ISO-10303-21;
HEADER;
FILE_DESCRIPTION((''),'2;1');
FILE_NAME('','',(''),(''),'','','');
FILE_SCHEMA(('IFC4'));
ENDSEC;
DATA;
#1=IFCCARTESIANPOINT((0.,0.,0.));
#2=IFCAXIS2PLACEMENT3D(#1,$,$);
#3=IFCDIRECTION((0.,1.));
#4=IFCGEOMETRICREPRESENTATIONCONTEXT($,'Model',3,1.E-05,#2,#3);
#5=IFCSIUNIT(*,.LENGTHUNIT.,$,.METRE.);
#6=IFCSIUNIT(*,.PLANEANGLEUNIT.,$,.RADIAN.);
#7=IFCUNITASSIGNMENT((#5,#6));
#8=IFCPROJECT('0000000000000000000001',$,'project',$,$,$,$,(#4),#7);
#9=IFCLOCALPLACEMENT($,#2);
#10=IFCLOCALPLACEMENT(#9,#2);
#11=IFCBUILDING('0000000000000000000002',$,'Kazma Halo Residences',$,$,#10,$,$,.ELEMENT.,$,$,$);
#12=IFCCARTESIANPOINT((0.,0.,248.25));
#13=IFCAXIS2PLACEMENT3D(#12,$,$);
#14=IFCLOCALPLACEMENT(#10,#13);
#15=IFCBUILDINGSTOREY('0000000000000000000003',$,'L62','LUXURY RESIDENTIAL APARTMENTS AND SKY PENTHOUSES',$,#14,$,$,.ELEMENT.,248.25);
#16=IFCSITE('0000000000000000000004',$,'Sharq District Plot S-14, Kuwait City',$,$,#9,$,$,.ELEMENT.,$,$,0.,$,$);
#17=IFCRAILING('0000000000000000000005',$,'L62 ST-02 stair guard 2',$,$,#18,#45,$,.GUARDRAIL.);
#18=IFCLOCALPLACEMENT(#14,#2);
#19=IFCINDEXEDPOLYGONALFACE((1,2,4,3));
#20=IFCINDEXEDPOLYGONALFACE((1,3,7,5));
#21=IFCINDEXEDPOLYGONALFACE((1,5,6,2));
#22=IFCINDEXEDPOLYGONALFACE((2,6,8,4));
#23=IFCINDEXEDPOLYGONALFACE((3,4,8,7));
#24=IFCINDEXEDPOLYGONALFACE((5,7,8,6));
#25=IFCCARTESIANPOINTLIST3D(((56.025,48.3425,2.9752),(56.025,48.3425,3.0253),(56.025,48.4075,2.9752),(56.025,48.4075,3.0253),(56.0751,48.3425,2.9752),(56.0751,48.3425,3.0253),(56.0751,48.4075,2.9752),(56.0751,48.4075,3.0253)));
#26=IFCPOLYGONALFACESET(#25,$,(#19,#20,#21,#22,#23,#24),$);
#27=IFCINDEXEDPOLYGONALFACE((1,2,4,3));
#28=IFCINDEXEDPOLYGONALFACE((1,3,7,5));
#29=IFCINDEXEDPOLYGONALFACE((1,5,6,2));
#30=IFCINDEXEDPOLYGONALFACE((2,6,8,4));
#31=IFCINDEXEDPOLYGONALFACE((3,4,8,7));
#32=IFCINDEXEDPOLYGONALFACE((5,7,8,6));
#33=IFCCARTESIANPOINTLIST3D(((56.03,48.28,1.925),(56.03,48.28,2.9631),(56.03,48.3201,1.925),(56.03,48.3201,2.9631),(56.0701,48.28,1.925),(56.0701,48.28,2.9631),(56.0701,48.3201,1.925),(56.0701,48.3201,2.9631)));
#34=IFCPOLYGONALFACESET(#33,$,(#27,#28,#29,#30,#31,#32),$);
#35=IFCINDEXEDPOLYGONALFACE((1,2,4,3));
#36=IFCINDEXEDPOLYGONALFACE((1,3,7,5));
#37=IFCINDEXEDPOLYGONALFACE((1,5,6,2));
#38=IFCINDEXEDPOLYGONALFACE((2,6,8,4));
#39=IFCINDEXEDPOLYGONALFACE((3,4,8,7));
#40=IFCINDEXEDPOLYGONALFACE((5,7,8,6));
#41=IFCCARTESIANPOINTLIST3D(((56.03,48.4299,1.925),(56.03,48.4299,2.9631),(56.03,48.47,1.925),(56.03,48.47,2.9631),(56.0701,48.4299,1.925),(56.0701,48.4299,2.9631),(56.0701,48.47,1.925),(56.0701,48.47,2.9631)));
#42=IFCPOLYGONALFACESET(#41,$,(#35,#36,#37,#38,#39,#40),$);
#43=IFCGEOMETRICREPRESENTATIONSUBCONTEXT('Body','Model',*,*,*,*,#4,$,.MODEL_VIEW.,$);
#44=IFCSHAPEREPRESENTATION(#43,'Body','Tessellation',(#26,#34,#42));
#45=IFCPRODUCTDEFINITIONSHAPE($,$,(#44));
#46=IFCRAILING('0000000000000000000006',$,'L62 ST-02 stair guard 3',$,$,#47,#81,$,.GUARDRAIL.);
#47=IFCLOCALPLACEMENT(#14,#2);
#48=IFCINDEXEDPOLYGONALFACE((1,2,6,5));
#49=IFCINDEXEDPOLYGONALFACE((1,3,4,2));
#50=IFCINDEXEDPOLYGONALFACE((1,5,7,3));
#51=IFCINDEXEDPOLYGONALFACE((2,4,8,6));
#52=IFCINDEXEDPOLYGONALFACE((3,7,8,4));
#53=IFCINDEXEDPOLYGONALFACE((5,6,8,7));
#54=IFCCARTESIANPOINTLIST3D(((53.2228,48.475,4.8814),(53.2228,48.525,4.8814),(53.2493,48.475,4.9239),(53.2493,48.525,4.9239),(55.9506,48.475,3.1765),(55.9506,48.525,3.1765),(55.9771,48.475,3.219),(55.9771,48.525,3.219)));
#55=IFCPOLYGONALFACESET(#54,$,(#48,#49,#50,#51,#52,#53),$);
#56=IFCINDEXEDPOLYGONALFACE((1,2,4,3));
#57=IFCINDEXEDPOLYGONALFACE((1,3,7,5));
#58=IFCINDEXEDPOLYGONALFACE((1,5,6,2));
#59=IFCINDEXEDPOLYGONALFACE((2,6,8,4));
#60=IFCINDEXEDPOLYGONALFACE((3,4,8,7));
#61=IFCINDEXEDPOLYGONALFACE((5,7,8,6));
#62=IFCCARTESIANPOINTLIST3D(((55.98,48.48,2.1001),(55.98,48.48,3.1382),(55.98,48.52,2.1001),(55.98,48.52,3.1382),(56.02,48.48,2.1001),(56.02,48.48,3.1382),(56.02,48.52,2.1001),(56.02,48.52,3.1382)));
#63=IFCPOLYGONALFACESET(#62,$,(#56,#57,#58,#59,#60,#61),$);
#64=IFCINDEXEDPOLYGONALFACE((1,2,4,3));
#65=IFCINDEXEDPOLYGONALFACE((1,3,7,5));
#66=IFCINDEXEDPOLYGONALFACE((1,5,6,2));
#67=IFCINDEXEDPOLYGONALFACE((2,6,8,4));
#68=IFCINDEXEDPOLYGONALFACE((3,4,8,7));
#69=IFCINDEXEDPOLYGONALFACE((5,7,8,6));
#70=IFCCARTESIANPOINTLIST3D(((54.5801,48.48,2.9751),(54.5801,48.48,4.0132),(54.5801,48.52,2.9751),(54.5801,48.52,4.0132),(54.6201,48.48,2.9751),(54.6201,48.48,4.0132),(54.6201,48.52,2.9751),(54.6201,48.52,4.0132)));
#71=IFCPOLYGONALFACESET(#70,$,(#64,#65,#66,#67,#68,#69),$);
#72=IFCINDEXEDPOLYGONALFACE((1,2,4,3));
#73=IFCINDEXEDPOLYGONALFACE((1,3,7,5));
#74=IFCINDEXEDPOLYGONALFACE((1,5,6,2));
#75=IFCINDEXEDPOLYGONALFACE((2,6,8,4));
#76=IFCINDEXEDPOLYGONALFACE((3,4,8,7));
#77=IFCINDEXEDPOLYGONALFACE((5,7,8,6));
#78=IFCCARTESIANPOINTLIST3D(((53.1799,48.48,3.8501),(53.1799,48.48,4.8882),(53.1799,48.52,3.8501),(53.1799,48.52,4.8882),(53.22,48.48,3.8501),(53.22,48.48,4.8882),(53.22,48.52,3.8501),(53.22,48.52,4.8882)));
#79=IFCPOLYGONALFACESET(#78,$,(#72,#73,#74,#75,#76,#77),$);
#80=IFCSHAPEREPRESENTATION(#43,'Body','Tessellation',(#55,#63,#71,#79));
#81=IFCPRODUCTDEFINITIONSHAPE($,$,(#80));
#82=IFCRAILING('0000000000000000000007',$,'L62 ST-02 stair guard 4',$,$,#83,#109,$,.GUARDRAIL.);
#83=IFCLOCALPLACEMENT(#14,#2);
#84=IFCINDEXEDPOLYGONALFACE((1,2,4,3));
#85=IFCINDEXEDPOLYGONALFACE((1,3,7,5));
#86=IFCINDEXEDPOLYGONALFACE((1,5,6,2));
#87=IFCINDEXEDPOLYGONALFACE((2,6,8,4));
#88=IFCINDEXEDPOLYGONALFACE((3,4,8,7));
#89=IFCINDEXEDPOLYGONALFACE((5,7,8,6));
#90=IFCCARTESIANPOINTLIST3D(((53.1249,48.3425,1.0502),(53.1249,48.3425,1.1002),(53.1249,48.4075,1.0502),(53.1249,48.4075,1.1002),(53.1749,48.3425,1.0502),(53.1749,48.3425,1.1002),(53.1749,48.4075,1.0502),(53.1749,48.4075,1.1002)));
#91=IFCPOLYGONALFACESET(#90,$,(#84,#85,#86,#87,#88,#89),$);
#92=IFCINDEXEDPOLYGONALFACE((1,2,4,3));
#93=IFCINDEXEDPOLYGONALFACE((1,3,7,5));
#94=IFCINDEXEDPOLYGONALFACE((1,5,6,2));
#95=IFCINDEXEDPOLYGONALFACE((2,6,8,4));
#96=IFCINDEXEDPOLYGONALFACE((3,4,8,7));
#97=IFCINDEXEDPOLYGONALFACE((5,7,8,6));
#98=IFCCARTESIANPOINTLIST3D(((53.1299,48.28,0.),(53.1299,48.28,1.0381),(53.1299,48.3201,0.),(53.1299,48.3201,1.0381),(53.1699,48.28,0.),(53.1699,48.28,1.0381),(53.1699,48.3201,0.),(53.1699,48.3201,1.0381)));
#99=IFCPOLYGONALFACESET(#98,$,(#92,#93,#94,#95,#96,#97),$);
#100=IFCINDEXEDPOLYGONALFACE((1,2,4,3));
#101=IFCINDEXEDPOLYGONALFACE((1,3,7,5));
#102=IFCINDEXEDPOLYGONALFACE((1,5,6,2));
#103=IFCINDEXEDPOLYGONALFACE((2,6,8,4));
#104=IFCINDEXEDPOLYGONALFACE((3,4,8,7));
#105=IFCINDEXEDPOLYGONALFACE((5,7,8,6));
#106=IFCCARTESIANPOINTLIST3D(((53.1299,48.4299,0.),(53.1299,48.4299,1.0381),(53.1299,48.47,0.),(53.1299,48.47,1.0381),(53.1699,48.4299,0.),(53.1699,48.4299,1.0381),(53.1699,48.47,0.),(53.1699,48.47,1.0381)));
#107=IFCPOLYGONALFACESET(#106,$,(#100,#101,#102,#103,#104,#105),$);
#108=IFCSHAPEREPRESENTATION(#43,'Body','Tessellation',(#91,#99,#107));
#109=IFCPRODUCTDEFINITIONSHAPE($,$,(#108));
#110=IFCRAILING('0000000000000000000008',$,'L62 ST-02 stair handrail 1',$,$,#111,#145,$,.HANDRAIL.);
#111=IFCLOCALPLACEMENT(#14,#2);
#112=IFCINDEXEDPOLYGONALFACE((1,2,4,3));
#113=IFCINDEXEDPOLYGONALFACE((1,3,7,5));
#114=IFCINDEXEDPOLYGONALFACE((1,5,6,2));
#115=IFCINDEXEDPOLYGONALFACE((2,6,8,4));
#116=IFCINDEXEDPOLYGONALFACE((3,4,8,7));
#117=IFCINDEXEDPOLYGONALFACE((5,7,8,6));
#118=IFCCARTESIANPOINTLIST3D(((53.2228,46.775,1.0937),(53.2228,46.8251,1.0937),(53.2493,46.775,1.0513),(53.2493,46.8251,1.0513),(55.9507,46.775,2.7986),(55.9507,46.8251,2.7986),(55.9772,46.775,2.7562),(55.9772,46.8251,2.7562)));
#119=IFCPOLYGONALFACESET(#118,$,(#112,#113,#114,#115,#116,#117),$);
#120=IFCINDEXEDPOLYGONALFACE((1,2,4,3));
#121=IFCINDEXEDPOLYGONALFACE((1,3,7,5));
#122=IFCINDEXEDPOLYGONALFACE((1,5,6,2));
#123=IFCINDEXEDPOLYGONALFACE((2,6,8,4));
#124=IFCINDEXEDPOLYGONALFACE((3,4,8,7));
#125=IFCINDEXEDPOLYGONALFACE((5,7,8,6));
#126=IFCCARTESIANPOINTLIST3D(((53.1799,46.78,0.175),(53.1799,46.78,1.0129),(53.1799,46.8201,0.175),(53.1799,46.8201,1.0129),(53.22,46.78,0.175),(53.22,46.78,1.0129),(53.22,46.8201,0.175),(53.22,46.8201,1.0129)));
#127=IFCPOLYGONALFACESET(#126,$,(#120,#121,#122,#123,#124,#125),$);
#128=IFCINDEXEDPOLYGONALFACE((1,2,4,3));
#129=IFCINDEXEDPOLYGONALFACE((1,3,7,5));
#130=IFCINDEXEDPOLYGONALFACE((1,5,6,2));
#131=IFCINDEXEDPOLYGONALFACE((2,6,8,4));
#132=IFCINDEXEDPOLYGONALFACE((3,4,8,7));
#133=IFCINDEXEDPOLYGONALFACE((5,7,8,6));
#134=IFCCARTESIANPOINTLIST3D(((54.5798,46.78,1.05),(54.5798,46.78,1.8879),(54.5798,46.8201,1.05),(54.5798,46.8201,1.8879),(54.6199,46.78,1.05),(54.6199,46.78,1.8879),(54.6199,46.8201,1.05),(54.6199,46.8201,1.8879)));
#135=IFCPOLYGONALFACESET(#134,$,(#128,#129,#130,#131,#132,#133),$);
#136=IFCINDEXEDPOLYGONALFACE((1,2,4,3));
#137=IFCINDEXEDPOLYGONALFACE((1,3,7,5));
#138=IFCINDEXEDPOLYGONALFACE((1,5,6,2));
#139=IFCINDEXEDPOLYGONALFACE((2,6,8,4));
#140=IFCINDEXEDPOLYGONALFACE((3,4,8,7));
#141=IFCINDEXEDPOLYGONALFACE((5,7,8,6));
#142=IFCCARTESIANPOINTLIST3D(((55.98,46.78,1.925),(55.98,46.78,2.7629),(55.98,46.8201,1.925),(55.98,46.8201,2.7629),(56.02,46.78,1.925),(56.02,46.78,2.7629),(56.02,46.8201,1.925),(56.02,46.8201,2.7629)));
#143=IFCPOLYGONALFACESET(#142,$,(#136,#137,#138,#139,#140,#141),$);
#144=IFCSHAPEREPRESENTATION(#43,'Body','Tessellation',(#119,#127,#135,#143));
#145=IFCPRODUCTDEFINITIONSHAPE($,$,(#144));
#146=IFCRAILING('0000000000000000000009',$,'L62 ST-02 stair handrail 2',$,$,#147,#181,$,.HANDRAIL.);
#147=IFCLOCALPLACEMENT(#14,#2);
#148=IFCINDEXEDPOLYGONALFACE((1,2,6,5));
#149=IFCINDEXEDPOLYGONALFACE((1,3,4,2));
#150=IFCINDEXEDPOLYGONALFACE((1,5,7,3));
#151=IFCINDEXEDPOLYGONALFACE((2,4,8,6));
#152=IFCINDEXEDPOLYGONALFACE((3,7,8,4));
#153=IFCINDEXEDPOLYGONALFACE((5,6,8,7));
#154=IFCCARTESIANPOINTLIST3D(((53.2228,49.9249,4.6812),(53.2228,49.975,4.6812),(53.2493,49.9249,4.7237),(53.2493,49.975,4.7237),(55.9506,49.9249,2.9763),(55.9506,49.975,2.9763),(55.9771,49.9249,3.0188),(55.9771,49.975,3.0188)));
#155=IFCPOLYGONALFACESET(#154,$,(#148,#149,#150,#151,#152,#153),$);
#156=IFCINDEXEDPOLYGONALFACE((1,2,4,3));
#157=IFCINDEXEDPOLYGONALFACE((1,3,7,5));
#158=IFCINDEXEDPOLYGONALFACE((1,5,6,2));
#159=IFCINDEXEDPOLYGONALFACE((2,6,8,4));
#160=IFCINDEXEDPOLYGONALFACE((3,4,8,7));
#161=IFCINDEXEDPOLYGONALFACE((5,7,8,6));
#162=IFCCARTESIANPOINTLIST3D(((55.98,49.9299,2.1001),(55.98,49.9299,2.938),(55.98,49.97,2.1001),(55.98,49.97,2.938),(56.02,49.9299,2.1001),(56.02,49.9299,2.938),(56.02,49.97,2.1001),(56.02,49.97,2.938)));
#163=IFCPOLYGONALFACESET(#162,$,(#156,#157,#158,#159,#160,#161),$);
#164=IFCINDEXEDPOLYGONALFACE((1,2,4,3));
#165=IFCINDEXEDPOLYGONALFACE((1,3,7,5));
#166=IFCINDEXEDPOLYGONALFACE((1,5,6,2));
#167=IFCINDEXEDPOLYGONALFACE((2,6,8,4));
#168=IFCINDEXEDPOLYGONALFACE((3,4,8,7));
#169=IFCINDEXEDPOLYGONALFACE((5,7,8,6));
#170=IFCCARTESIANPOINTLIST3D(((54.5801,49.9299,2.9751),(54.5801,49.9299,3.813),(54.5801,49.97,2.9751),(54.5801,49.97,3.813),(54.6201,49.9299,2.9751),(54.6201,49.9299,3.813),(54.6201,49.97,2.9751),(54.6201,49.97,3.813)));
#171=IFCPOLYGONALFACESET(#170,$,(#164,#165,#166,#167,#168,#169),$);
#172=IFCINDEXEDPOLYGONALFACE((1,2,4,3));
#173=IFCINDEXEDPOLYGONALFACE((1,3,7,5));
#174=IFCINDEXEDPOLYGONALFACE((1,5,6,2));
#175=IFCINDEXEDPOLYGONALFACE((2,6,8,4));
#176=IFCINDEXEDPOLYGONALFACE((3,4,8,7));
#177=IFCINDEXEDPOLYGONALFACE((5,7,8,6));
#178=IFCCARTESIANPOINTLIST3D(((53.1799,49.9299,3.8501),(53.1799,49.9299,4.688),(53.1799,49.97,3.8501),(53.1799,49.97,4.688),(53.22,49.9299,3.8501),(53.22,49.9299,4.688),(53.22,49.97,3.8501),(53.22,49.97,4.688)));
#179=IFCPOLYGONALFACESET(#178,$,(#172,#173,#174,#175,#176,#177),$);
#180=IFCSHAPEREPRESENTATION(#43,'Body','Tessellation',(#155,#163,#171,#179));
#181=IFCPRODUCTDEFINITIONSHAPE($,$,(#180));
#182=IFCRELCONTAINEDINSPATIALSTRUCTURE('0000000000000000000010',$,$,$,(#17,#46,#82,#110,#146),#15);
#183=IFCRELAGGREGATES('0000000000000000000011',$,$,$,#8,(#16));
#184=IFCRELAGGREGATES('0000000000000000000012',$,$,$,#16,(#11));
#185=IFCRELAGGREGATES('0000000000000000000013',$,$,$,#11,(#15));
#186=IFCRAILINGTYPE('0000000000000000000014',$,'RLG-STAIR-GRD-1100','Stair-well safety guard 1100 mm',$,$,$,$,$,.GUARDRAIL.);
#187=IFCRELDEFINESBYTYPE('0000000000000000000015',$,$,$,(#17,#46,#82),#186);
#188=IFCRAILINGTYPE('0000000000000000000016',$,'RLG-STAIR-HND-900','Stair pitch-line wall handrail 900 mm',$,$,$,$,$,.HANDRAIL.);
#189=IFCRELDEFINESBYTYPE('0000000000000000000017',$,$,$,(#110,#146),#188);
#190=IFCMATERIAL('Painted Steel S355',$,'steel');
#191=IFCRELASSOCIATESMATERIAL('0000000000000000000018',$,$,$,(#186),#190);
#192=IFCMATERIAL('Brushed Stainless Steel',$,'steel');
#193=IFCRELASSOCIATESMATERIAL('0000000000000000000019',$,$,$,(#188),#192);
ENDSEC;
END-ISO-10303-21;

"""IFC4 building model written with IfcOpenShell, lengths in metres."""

from ifc_helpers import new_model, si_unit, direction, frame, origin, origin_2d, place, context, subcontext, project, spatial, rectangle, extrude, material, type_object, element, save


model = new_model("IFC4")

# Units and contexts
model_context = context("Model", 3, precision=1e-05, world=origin(), true_north=direction((0.0, 1.0)))
body_context = subcontext(model_context, "Body", "Model", "MODEL_VIEW")
ifc_project = project(units=[si_unit("LENGTHUNIT", "METRE"), si_unit("PLANEANGLEUNIT", "RADIAN")], contexts=[model_context])

# Site, building, storey
site_placement = place(None, origin())
site = spatial("IfcSite", under=ifc_project, at=site_placement, Name="Sharq District Plot S-14, Kuwait City", CompositionType="ELEMENT", RefElevation=0.0)
building_placement = place(site_placement, origin())
building = spatial("IfcBuilding", under=site, at=building_placement, Name="Kazma Halo Residences", CompositionType="ELEMENT")
storey_placement = place(building_placement, frame((0.0, 0.0, 248.25)))
storey = spatial("IfcBuildingStorey", under=building, at=storey_placement, Name="L62", Description="LUXURY RESIDENTIAL APARTMENTS AND SKY PENTHOUSES", CompositionType="ELEMENT", Elevation=248.25)

# Railings
ifc_material_1 = material(Name="Painted Steel S355", Category="steel")
railing_type_1 = type_object("IfcRailingType", Name="RLG-STAIR-GRD-1100", Description="Stair-well safety guard 1100 mm", PredefinedType="GUARDRAIL", material=ifc_material_1)
railing_1_placement = place(storey_placement, frame((56.05, 48.3, 1.925)))
element("IfcRailing", 1, at=railing_1_placement, inside=storey, type_object=railing_type_1, Name="L62 ST-02 stair guard 2", PredefinedType="GUARDRAIL", context=body_context, shape_type="SweptSolid", body=[
    extrude(rectangle(XDim=0.05, YDim=0.05, at=origin_2d()), frame((0.0, 0.0425, 1.0752), z_axis=(0.0, 1.0, 0.0), x_axis=(-1.0, 0.0, 0.0)), (0.0, 0.0, 1.0), 0.0649),
    extrude(rectangle(XDim=0.04, YDim=0.04, at=origin_2d()), origin(), (0.0, 0.0, 1.0), 1.0381),
    extrude(rectangle(XDim=0.04, YDim=0.04, at=origin_2d()), frame((0.0, 0.1499, 0.0)), (0.0, 0.0, 1.0), 1.0381),
])
railing_2_placement = place(storey_placement, frame((56.0, 48.5, 2.1001)))
element("IfcRailing", 2, at=railing_2_placement, inside=storey, type_object=railing_type_1, Name="L62 ST-02 stair guard 3", PredefinedType="GUARDRAIL", context=body_context, shape_type="SweptSolid", body=[
    extrude(rectangle(XDim=0.05, YDim=0.05, at=origin_2d()), frame((-0.0361, 0.0, 1.0977), z_axis=(-0.848002, 0.0, 0.529992), x_axis=(0.0, -1.0, 0.0)), (0.0, 0.0, 1.0), 3.2168),
    extrude(rectangle(XDim=0.04, YDim=0.04, at=origin_2d()), origin(), (0.0, 0.0, 1.0), 1.0381),
    extrude(rectangle(XDim=0.04, YDim=0.04, at=origin_2d()), frame((-1.3999, 0.0, 0.875)), (0.0, 0.0, 1.0), 1.0381),
    extrude(rectangle(XDim=0.04, YDim=0.04, at=origin_2d()), frame((-2.8, 0.0, 1.75)), (0.0, 0.0, 1.0), 1.0381),
])
railing_3_placement = place(storey_placement, frame((53.1499, 48.3, 0.0)))
element("IfcRailing", 3, at=railing_3_placement, inside=storey, type_object=railing_type_1, Name="L62 ST-02 stair guard 4", PredefinedType="GUARDRAIL", context=body_context, shape_type="SweptSolid", body=[
    extrude(rectangle(XDim=0.05, YDim=0.05, at=origin_2d()), frame((0.0, 0.0425, 1.0752), z_axis=(0.0, 1.0, 0.0), x_axis=(-1.0, 0.0, 0.0)), (0.0, 0.0, 1.0), 0.0649),
    extrude(rectangle(XDim=0.04, YDim=0.04, at=origin_2d()), origin(), (0.0, 0.0, 1.0), 1.0381),
    extrude(rectangle(XDim=0.04, YDim=0.04, at=origin_2d()), frame((0.0, 0.1499, 0.0)), (0.0, 0.0, 1.0), 1.0381),
])
ifc_material_2 = material(Name="Brushed Stainless Steel", Category="steel")
railing_type_2 = type_object("IfcRailingType", Name="RLG-STAIR-HND-900", Description="Stair pitch-line wall handrail 900 mm", PredefinedType="HANDRAIL", material=ifc_material_2)
railing_4_placement = place(storey_placement, frame((53.2, 46.8, 0.175)))
element("IfcRailing", 4, at=railing_4_placement, inside=storey, type_object=railing_type_2, Name="L62 ST-02 stair handrail 1", PredefinedType="HANDRAIL", context=body_context, shape_type="SweptSolid", body=[
    extrude(rectangle(XDim=0.05, YDim=0.05, at=origin_2d()), frame((0.0361, 0.0, 0.8975), z_axis=(0.848002, 0.0, 0.529992), x_axis=(0.0, 1.0, 0.0)), (0.0, 0.0, 1.0), 3.2168),
    extrude(rectangle(XDim=0.04, YDim=0.04, at=origin_2d()), origin(), (0.0, 0.0, 1.0), 0.8379),
    extrude(rectangle(XDim=0.04, YDim=0.04, at=origin_2d()), frame((1.3999, 0.0, 0.875)), (0.0, 0.0, 1.0), 0.8379),
    extrude(rectangle(XDim=0.04, YDim=0.04, at=origin_2d()), frame((2.8, 0.0, 1.75)), (0.0, 0.0, 1.0), 0.8379),
])
railing_5_placement = place(storey_placement, frame((56.0, 49.95, 2.1001)))
element("IfcRailing", 5, at=railing_5_placement, inside=storey, type_object=railing_type_2, Name="L62 ST-02 stair handrail 2", PredefinedType="HANDRAIL", context=body_context, shape_type="SweptSolid", body=[
    extrude(rectangle(XDim=0.05, YDim=0.05, at=origin_2d()), frame((-0.0361, 0.0, 0.8975), z_axis=(-0.848002, 0.0, 0.529992), x_axis=(0.0, -1.0, 0.0)), (0.0, 0.0, 1.0), 3.2168),
    extrude(rectangle(XDim=0.04, YDim=0.04, at=origin_2d()), origin(), (0.0, 0.0, 1.0), 0.8379),
    extrude(rectangle(XDim=0.04, YDim=0.04, at=origin_2d()), frame((-1.3999, 0.0, 0.875)), (0.0, 0.0, 1.0), 0.8379),
    extrude(rectangle(XDim=0.04, YDim=0.04, at=origin_2d()), frame((-2.8, 0.0, 1.75)), (0.0, 0.0, 1.0), 0.8379),
])

save(model, "model.ifc")
